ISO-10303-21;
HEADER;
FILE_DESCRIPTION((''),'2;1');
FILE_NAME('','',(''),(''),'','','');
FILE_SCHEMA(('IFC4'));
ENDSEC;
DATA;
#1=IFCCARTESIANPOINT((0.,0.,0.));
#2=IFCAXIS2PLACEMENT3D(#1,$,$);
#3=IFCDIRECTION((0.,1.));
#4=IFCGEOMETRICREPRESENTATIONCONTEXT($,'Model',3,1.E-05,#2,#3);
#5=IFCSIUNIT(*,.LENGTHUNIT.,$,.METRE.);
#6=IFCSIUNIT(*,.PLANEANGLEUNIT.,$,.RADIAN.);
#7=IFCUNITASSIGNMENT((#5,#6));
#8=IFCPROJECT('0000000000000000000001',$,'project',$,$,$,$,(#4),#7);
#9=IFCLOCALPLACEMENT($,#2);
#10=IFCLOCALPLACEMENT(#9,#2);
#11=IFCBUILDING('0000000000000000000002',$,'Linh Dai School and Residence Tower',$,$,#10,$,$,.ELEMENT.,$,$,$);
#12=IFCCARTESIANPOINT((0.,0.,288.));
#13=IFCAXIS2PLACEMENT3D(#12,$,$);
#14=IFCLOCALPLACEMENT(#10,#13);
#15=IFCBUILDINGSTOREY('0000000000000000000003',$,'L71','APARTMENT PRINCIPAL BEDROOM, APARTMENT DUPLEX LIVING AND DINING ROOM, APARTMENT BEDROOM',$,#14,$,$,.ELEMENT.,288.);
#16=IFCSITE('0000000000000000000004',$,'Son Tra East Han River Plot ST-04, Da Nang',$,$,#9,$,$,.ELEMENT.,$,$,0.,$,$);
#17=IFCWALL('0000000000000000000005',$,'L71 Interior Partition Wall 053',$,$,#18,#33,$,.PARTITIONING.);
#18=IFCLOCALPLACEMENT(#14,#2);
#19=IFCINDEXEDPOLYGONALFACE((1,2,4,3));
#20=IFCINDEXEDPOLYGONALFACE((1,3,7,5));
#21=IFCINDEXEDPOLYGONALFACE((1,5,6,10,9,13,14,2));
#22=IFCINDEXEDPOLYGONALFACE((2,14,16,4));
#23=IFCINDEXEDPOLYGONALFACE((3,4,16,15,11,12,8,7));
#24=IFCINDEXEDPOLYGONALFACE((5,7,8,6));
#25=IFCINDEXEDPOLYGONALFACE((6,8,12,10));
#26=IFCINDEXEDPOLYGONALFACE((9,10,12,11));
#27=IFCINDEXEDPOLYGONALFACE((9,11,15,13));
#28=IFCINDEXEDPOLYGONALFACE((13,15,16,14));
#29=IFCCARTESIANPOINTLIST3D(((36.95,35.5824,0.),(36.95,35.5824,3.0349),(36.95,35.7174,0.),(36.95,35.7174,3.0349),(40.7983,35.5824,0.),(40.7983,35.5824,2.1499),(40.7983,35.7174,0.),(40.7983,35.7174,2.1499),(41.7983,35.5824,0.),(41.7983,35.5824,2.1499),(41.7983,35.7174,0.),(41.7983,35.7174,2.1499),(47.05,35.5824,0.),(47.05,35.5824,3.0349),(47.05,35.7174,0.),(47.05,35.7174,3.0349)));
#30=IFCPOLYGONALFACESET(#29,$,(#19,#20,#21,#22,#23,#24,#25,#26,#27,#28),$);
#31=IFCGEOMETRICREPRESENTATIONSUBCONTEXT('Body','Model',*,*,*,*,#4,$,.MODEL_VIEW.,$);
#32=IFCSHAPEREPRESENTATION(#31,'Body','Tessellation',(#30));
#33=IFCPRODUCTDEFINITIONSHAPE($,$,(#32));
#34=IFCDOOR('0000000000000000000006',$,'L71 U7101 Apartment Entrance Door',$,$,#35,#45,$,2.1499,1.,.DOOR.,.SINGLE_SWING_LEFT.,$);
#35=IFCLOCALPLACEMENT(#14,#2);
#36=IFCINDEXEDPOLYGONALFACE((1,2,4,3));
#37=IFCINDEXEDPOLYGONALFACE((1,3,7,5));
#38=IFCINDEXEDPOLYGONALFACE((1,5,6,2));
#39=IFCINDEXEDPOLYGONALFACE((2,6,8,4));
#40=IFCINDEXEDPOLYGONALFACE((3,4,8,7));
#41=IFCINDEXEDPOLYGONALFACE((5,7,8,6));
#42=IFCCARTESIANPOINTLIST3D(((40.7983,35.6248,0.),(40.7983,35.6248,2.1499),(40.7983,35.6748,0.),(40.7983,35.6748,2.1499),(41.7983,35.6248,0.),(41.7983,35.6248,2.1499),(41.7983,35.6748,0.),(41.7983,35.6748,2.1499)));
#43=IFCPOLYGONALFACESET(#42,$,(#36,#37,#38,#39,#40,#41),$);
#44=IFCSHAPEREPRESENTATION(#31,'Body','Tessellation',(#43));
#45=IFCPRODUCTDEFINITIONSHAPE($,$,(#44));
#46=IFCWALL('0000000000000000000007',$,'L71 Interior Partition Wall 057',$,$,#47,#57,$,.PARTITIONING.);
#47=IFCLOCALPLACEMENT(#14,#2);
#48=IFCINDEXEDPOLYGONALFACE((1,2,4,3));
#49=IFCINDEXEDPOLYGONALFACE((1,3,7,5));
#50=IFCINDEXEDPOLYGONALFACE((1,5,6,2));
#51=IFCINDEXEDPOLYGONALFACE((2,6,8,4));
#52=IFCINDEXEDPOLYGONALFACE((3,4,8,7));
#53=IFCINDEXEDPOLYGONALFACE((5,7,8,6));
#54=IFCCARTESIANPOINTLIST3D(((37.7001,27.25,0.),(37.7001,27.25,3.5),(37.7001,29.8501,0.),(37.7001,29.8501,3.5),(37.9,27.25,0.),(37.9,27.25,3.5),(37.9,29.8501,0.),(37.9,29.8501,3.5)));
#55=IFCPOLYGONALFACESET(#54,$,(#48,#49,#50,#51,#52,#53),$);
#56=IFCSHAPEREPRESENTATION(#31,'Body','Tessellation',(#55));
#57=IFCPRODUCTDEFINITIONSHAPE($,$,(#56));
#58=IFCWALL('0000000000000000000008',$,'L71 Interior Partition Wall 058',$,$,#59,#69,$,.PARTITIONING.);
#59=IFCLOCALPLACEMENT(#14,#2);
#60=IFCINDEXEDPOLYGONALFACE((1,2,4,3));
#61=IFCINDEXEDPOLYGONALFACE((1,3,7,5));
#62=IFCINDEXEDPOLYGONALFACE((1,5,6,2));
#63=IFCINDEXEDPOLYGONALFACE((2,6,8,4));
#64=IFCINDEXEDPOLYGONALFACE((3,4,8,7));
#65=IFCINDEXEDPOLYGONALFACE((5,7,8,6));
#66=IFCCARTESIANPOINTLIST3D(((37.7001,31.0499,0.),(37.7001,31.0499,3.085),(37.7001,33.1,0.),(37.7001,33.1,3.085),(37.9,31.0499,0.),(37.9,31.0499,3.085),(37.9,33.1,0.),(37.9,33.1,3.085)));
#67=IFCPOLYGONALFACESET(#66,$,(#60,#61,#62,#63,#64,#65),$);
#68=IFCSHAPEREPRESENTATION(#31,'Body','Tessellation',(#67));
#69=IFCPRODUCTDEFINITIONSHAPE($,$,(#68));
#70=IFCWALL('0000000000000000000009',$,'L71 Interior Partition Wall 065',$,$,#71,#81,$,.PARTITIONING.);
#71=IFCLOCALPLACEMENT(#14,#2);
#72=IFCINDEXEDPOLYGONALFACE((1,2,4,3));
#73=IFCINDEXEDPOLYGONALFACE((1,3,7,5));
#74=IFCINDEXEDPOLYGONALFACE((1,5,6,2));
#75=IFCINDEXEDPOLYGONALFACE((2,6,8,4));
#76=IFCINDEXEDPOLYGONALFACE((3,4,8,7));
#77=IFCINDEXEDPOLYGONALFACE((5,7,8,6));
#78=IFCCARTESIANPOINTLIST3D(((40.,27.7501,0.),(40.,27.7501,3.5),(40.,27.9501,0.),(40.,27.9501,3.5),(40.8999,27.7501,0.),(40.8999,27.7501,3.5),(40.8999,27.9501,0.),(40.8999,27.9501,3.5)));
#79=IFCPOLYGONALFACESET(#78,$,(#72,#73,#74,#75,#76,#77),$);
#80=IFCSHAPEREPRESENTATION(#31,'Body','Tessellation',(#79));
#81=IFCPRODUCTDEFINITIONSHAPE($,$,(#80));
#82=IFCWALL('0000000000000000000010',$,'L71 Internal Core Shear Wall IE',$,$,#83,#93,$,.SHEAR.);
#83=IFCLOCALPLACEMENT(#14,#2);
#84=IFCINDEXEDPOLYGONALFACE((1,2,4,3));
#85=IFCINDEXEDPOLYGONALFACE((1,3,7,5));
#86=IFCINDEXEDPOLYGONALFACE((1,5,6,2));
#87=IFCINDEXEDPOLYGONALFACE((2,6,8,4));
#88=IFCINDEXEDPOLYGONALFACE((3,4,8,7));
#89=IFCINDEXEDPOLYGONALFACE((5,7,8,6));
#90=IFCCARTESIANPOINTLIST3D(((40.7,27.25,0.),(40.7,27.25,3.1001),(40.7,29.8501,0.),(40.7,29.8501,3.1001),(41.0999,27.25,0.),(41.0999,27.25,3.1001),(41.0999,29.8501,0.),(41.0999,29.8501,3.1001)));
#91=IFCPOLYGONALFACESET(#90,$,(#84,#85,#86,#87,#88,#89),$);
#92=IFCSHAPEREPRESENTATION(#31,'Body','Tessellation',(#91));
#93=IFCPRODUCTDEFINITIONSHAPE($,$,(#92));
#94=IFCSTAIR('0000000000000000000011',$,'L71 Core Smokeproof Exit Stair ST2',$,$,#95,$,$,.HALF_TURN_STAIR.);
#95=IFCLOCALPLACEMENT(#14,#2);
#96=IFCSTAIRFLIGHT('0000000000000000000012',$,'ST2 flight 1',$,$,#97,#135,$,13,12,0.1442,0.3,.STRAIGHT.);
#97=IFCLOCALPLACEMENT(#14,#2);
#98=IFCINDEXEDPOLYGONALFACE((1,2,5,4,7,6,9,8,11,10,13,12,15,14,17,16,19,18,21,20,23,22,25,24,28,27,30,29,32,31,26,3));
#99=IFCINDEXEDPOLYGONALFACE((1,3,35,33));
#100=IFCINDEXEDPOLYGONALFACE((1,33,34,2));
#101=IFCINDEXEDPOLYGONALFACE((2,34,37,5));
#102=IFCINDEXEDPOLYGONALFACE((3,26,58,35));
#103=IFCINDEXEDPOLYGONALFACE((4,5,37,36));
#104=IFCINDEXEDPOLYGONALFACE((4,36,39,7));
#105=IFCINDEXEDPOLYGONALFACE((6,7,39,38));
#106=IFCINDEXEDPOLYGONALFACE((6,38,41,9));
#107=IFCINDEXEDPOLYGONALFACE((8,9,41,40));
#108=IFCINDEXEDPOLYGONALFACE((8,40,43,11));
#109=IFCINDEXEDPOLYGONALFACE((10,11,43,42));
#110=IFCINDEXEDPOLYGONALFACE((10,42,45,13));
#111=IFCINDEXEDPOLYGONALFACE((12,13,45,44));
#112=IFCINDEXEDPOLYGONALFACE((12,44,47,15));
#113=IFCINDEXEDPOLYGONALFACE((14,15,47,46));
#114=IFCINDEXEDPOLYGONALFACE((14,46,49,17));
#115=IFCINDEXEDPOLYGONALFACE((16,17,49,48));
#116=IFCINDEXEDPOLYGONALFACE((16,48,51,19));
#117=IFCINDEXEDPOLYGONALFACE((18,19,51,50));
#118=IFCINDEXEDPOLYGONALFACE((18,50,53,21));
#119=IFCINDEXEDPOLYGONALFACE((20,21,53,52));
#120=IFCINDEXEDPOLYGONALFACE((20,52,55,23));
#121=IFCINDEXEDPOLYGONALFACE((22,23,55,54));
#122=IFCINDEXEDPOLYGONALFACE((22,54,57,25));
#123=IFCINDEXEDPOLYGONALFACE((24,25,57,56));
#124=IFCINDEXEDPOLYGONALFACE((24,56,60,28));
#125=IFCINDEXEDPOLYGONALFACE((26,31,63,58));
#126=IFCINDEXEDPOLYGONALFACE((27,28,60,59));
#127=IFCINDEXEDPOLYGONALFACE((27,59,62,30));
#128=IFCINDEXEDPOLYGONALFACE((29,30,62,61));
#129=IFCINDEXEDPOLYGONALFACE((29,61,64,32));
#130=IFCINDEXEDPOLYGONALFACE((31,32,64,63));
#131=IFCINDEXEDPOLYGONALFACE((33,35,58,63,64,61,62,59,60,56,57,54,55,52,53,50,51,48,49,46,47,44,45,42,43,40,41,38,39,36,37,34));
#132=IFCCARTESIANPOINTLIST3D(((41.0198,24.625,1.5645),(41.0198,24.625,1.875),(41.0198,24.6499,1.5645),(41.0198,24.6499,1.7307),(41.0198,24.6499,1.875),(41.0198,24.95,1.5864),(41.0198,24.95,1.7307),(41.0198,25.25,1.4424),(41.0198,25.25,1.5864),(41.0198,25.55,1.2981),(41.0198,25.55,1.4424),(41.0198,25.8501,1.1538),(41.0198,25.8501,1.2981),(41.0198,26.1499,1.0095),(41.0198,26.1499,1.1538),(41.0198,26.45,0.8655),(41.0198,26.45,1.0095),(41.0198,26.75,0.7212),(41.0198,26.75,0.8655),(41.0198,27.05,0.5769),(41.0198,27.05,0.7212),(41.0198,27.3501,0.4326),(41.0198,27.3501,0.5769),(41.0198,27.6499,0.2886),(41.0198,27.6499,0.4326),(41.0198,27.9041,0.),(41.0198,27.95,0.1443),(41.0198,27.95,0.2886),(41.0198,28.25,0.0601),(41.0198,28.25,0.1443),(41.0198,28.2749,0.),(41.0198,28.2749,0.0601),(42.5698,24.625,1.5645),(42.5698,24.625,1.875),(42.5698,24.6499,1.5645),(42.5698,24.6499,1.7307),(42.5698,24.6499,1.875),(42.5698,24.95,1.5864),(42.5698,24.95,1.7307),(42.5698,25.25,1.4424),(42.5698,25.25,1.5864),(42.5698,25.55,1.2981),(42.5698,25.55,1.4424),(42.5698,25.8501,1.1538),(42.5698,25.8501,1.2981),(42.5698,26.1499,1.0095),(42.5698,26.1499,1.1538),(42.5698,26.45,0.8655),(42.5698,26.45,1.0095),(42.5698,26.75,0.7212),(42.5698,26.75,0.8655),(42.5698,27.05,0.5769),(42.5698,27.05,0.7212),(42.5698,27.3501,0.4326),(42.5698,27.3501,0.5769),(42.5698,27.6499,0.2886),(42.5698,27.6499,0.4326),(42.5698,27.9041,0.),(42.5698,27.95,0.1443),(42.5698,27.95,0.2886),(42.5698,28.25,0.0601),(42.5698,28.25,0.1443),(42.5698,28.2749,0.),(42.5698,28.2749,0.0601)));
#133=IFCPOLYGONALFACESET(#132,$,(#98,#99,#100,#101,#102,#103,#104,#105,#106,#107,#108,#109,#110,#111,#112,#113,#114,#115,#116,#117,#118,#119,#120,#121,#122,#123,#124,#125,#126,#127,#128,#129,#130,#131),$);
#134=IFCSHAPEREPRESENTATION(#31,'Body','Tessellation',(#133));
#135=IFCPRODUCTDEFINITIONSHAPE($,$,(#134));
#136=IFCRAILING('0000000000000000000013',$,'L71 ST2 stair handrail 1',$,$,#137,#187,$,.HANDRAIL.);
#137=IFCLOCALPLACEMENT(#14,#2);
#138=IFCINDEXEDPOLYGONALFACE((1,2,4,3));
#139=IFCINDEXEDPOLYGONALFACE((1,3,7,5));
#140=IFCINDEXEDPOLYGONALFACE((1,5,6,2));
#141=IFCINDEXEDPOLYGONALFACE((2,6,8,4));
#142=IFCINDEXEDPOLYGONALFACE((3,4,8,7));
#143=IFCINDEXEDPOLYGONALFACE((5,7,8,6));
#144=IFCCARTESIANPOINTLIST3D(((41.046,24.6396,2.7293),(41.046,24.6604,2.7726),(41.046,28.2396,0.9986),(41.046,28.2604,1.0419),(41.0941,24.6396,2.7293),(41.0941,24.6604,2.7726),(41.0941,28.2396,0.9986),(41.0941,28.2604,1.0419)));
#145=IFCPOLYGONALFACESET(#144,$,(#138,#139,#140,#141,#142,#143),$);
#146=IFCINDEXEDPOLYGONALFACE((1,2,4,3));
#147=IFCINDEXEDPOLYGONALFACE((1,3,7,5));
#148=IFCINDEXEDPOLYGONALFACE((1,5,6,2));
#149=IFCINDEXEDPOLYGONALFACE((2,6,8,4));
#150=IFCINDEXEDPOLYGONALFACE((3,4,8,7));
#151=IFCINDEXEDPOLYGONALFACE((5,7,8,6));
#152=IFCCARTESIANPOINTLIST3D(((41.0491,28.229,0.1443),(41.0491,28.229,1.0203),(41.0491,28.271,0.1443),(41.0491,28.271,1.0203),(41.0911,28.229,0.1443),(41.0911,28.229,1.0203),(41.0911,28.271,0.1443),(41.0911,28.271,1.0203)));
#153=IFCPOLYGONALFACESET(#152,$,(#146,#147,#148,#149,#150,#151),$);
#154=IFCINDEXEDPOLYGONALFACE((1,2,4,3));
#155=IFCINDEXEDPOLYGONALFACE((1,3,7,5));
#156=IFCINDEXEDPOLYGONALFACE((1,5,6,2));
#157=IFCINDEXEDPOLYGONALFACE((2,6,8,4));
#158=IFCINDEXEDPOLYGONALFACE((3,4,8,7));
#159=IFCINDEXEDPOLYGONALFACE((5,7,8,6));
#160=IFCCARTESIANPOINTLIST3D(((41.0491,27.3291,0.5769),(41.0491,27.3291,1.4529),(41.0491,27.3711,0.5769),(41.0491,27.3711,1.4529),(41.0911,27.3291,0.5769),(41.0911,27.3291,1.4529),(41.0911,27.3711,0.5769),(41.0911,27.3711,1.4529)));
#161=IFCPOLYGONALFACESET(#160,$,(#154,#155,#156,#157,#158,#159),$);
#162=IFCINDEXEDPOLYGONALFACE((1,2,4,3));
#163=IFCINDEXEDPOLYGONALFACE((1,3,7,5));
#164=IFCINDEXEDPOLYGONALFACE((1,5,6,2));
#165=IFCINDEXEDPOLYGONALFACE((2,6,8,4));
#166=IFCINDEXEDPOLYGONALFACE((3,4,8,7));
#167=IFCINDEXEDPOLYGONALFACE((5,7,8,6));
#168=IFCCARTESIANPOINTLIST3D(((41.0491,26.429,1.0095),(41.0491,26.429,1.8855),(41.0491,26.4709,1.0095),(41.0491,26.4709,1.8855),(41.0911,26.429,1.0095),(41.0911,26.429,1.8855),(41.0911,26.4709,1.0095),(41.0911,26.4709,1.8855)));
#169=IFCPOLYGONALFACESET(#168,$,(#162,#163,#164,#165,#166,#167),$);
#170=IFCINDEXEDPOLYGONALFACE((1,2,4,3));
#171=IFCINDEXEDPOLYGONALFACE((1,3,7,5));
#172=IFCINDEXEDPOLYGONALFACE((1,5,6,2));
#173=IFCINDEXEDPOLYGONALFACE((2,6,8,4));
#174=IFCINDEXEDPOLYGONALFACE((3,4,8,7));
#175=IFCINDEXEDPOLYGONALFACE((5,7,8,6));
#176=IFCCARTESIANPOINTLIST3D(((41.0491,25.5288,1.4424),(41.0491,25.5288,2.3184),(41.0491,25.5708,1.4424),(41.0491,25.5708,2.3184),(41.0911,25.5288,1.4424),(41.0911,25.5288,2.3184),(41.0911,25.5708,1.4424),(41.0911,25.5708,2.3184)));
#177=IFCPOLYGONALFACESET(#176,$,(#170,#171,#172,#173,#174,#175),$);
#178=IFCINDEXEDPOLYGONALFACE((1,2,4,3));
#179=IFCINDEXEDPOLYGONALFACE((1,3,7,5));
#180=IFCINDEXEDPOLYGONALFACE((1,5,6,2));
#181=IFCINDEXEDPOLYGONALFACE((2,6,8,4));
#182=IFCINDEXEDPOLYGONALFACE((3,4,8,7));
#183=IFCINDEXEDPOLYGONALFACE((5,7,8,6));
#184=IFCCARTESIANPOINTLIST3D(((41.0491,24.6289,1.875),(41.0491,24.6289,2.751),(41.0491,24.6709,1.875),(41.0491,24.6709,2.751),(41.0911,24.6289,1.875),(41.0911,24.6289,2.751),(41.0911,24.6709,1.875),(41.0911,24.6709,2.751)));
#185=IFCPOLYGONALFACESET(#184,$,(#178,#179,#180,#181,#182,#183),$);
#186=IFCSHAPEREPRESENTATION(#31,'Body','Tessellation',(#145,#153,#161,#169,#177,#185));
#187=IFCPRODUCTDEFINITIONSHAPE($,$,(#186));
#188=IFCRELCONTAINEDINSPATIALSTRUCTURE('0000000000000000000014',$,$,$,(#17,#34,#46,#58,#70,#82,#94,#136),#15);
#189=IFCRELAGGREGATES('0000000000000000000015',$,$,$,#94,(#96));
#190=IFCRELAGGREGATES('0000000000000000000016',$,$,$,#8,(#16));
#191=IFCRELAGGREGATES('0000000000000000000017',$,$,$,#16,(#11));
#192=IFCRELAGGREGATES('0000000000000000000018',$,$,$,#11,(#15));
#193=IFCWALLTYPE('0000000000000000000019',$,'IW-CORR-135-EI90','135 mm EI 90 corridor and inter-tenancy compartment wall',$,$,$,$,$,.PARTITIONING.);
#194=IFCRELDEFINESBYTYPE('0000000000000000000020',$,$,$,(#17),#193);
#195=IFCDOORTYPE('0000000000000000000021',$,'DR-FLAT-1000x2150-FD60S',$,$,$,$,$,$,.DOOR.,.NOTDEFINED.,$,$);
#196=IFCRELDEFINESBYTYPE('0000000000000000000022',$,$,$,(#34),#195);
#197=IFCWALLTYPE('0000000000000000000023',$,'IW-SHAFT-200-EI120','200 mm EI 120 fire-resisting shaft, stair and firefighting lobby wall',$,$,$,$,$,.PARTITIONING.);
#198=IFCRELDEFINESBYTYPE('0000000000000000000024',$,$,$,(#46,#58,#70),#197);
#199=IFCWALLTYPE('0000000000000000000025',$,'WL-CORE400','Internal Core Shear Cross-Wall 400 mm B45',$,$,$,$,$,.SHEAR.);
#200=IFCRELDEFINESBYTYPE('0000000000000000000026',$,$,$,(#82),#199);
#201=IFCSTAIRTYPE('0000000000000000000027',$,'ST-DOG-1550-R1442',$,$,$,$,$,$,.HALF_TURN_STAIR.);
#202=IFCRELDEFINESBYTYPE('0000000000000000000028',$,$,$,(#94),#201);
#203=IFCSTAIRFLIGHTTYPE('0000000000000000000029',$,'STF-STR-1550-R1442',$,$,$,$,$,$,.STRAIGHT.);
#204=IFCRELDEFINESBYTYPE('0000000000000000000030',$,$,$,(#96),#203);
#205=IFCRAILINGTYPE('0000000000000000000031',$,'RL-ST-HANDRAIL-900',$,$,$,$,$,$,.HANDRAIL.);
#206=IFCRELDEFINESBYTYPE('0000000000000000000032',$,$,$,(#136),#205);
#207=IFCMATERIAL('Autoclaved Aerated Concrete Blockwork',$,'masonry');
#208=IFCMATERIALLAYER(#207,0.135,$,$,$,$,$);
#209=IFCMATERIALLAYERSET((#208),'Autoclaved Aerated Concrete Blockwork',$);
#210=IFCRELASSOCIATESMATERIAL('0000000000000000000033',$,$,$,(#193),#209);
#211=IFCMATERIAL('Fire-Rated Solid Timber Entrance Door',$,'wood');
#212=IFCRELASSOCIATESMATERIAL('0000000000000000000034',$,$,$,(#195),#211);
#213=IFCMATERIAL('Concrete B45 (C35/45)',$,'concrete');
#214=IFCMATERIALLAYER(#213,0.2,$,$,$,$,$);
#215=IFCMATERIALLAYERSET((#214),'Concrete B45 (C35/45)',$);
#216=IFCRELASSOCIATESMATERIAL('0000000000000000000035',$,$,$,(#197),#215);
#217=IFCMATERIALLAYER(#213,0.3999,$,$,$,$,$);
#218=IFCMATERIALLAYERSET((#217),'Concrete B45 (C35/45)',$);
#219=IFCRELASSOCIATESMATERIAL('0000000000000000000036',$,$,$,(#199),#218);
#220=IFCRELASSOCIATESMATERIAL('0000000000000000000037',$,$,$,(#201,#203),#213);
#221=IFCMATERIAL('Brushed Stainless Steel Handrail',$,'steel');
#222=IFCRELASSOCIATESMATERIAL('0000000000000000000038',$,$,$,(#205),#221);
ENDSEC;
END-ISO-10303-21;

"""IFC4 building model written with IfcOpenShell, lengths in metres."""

from ifc_helpers import new_model, si_unit, direction, frame, frame_2d, origin, origin_2d, place, context, subcontext, project, spatial, polyline, rectangle, outline, extrude, source, transform, mapped, material, layer, layer_set, type_object, element, fill, aggregate, save


model = new_model("IFC4")

# Units and contexts
model_context = context("Model", 3, precision=1e-05, world=origin(), true_north=direction((0.0, 1.0)))
body_context = subcontext(model_context, "Body", "Model", "MODEL_VIEW")
ifc_project = project(units=[si_unit("LENGTHUNIT", "METRE"), si_unit("PLANEANGLEUNIT", "RADIAN")], contexts=[model_context])

# Site, building, storey
site_placement = place(None, origin())
site = spatial("IfcSite", under=ifc_project, at=site_placement, Name="Son Tra East Han River Plot ST-04, Da Nang", CompositionType="ELEMENT", RefElevation=0.0)
building_placement = place(site_placement, origin())
building = spatial("IfcBuilding", under=site, at=building_placement, Name="Linh Dai School and Residence Tower", CompositionType="ELEMENT")
storey_placement = place(building_placement, frame((0.0, 0.0, 288.0)))
storey = spatial("IfcBuildingStorey", under=building, at=storey_placement, Name="L71", Description="APARTMENT PRINCIPAL BEDROOM, APARTMENT DUPLEX LIVING AND DINING ROOM, APARTMENT BEDROOM", CompositionType="ELEMENT", Elevation=288.0)

# Shared definitions
ifc_material_1 = material(Name="Autoclaved Aerated Concrete Blockwork", Category="masonry")
ifc_layer_1 = layer(ifc_material_1, 0.135)
ifc_layer_set_1 = layer_set([ifc_layer_1], Name="Autoclaved Aerated Concrete Blockwork")
wall_type_1 = type_object("IfcWallType", Name="IW-CORR-135-EI90", Description="135 mm EI 90 corridor and inter-tenancy compartment wall", PredefinedType="PARTITIONING", material=ifc_layer_set_1)

# Wall, opening, door
wall_1_placement = place(storey_placement, frame((36.95, 35.6499, 0.0), z_axis=(0.0, 0.0, 1.0), x_axis=(1.0, 0.0, 0.0)))
wall_1 = element("IfcWall", 1, at=wall_1_placement, inside=storey, type_object=wall_type_1, Name="L71 Interior Partition Wall 053", PredefinedType="PARTITIONING", context=body_context, shape_type="SweptSolid", body=[
    extrude(rectangle(XDim=10.1001, YDim=0.135, at=frame_2d((5.05, 0.0))), origin(), (0.0, 0.0, 1.0), 3.0349),
])
opening_placement = place(wall_1_placement, frame((3.8484, 0.0, 0.0)))
opening = element("IfcOpeningElement", 2, at=opening_placement, cuts=wall_1, PredefinedType="OPENING", context=body_context, shape_type="SweptSolid", body=[
    extrude(rectangle(XDim=1.0, YDim=2.1499, at=origin_2d()), frame((0.5, 0.0776, 1.075), z_axis=(0.0, -1.0, 0.0), x_axis=(1.0, 0.0, 0.0)), (0.0, 0.0, 1.0), 0.155),
])
ifc_material_2 = material(Name="Fire-Rated Solid Timber Entrance Door", Category="wood")
door_type = type_object("IfcDoorType", Name="DR-FLAT-1000x2150-FD60S", OperationType="NOTDEFINED", PredefinedType="DOOR", material=ifc_material_2)
shared_shape_1 = source(origin(), body_context, "Body", "SweptSolid", [
    extrude(rectangle(XDim=1.0, YDim=2.1499, at=origin_2d()), frame((0.5, 0.0249, 1.075), z_axis=(0.0, -1.0, 0.0), x_axis=(1.0, 0.0, 0.0)), (0.0, 0.0, 1.0), 0.05),
])
door_placement = place(opening_placement, origin())
door = element("IfcDoor", 3, at=door_placement, inside=storey, type_object=door_type, Name="L71 U7101 Apartment Entrance Door", OperationType="SINGLE_SWING_LEFT", OverallHeight=2.1499, OverallWidth=1.0, PredefinedType="DOOR", context=body_context, shape_type="MappedRepresentation", body=[
    mapped(shared_shape_1, transform((0.0, 0.0, 0.0), x_axis=(1.0, 0.0, 0.0), y_axis=(0.0, 1.0, 0.0), z_axis=(0.0, 0.0, 1.0), scale=1.0)),
])
fill(opening, door)

# Walls
ifc_material_3 = material(Name="Concrete B45 (C35/45)", Category="concrete")
ifc_layer_2 = layer(ifc_material_3, 0.2)
ifc_layer_set_2 = layer_set([ifc_layer_2], Name="Concrete B45 (C35/45)")
wall_type_2 = type_object("IfcWallType", Name="IW-SHAFT-200-EI120", Description="200 mm EI 120 fire-resisting shaft, stair and firefighting lobby wall", PredefinedType="PARTITIONING", material=ifc_layer_set_2)
wall_2_placement = place(storey_placement, frame((37.8, 27.25, 0.0), z_axis=(0.0, 0.0, 1.0), x_axis=(0.0, 1.0, 0.0)))
element("IfcWall", 4, at=wall_2_placement, inside=storey, type_object=wall_type_2, Name="L71 Interior Partition Wall 057", PredefinedType="PARTITIONING", context=body_context, shape_type="SweptSolid", body=[
    extrude(rectangle(XDim=2.6001, YDim=0.2, at=frame_2d((1.3, 0.0))), origin(), (0.0, 0.0, 1.0), 3.5),
])
wall_3_placement = place(storey_placement, frame((37.8, 31.05, 0.0), z_axis=(0.0, 0.0, 1.0), x_axis=(0.0, 1.0, 0.0)))
element("IfcWall", 5, at=wall_3_placement, inside=storey, type_object=wall_type_2, Name="L71 Interior Partition Wall 058", PredefinedType="PARTITIONING", context=body_context, shape_type="SweptSolid", body=[
    extrude(rectangle(XDim=2.05, YDim=0.2, at=frame_2d((1.0249, 0.0))), origin(), (0.0, 0.0, 1.0), 3.085),
])
wall_4_placement = place(storey_placement, frame((40.0, 27.8501, 0.0), z_axis=(0.0, 0.0, 1.0), x_axis=(1.0, 0.0, 0.0)))
element("IfcWall", 6, at=wall_4_placement, inside=storey, type_object=wall_type_2, Name="L71 Interior Partition Wall 065", PredefinedType="PARTITIONING", context=body_context, shape_type="SweptSolid", body=[
    extrude(rectangle(XDim=0.8999, YDim=0.2, at=frame_2d((0.45, 0.0))), origin(), (0.0, 0.0, 1.0), 3.5),
])
ifc_layer_3 = layer(ifc_material_3, 0.3999)
ifc_layer_set_3 = layer_set([ifc_layer_3], Name="Concrete B45 (C35/45)")
wall_type_3 = type_object("IfcWallType", Name="WL-CORE400", Description="Internal Core Shear Cross-Wall 400 mm B45", PredefinedType="SHEAR", material=ifc_layer_set_3)
wall_5_placement = place(storey_placement, frame((40.8999, 27.25, 0.0), z_axis=(0.0, 0.0, 1.0), x_axis=(0.0, 1.0, 0.0)))
element("IfcWall", 7, at=wall_5_placement, inside=storey, type_object=wall_type_3, Name="L71 Internal Core Shear Wall IE", PredefinedType="SHEAR", context=body_context, shape_type="SweptSolid", body=[
    extrude(rectangle(XDim=2.6001, YDim=0.3999, at=frame_2d((1.3, 0.0))), origin(), (0.0, 0.0, 1.0), 3.1001),
])

# Stair, stair flight
stair_type = type_object("IfcStairType", Name="ST-DOG-1550-R1442", PredefinedType="HALF_TURN_STAIR", material=ifc_material_3)
stair_placement = place(storey_placement, origin())
stair = element("IfcStair", 8, at=stair_placement, inside=storey, type_object=stair_type, Name="L71 Core Smokeproof Exit Stair ST2", PredefinedType="HALF_TURN_STAIR")
stair_flight_type = type_object("IfcStairFlightType", Name="STF-STR-1550-R1442", PredefinedType="STRAIGHT", material=ifc_material_3)
shared_shape_2 = source(origin(), body_context, "Body", "SweptSolid", [
    extrude(outline(polyline([(-0.0249, 0.0), (-0.0249, 0.0601), (0.0, 0.0601), (0.0, 0.1443), (0.3, 0.1443), (0.3, 0.2886), (0.6001, 0.2886), (0.6001, 0.4326), (0.8999, 0.4326), (0.8999, 0.5769), (1.2, 0.5769), (1.2, 0.7212), (1.5, 0.7212), (1.5, 0.8655), (1.8, 0.8655), (1.8, 1.0095), (2.1001, 1.0095), (2.1001, 1.1538), (2.3999, 1.1538), (2.3999, 1.2981), (2.7, 1.2981), (2.7, 1.4424), (3.0, 1.4424), (3.0, 1.5864), (3.3, 1.5864), (3.3, 1.7307), (3.6001, 1.7307), (3.6001, 1.875), (3.625, 1.875), (3.625, 1.5645), (3.6001, 1.5645), (0.3459, 0.0), (-0.0249, 0.0)])), frame((0.0, 0.7749, 0.0), z_axis=(0.0, -1.0, 0.0), x_axis=(1.0, 0.0, 0.0)), (0.0, 0.0, 1.0), 1.55),
])
stair_flight_placement = place(storey_placement, frame((41.7949, 28.25, 0.0), z_axis=(0.0, 0.0, 1.0), x_axis=(0.0, -1.0, 0.0)))
stair_flight = element("IfcStairFlight", 9, at=stair_flight_placement, type_object=stair_flight_type, Name="ST2 flight 1", NumberOfRisers=13, NumberOfTreads=12, PredefinedType="STRAIGHT", RiserHeight=0.1442, TreadLength=0.3, context=body_context, shape_type="MappedRepresentation", body=[
    mapped(shared_shape_2, transform((0.0, 0.0, 0.0), x_axis=(1.0, 0.0, 0.0), y_axis=(0.0, 1.0, 0.0), z_axis=(0.0, 0.0, 1.0), scale=1.0)),
])
aggregate(stair, [stair_flight])

# Railing
ifc_material_4 = material(Name="Brushed Stainless Steel Handrail", Category="steel")
railing_type_1 = type_object("IfcRailingType", Name="RL-ST-HANDRAIL-900", PredefinedType="HANDRAIL", material=ifc_material_4)
shared_shape_3 = source(origin(), body_context, "Body", "SweptSolid", [
    extrude(rectangle(XDim=0.0481, YDim=0.0481, at=origin_2d()), frame((0.0, 0.0, 0.876), z_axis=(0.0, -0.901263, 0.433273), x_axis=(1.0, 0.0, 0.0)), (0.0, 0.0, 1.0), 3.9944),
    extrude(rectangle(XDim=0.042, YDim=0.042, at=origin_2d()), origin(), (0.0, 0.0, 1.0), 0.876),
    extrude(rectangle(XDim=0.042, YDim=0.042, at=origin_2d()), frame((0.0, -0.8999, 0.4326)), (0.0, 0.0, 1.0), 0.876),
    extrude(rectangle(XDim=0.042, YDim=0.042, at=origin_2d()), frame((0.0, -1.8, 0.8652)), (0.0, 0.0, 1.0), 0.876),
    extrude(rectangle(XDim=0.042, YDim=0.042, at=origin_2d()), frame((0.0, -2.7002, 1.2981)), (0.0, 0.0, 1.0), 0.876),
    extrude(rectangle(XDim=0.042, YDim=0.042, at=origin_2d()), frame((0.0, -3.6001, 1.7307)), (0.0, 0.0, 1.0), 0.876),
])
railing_1_placement = place(storey_placement, frame((41.0701, 28.25, 0.1443)))
element("IfcRailing", 10, at=railing_1_placement, inside=storey, type_object=railing_type_1, Name="L71 ST2 stair handrail 1", PredefinedType="HANDRAIL", context=body_context, shape_type="MappedRepresentation", body=[
    mapped(shared_shape_3, transform((0.0, 0.0, 0.0), x_axis=(1.0, 0.0, 0.0), y_axis=(0.0, 1.0, 0.0), z_axis=(0.0, 0.0, 1.0), scale=1.0)),
])

save(model, "model.ifc")
